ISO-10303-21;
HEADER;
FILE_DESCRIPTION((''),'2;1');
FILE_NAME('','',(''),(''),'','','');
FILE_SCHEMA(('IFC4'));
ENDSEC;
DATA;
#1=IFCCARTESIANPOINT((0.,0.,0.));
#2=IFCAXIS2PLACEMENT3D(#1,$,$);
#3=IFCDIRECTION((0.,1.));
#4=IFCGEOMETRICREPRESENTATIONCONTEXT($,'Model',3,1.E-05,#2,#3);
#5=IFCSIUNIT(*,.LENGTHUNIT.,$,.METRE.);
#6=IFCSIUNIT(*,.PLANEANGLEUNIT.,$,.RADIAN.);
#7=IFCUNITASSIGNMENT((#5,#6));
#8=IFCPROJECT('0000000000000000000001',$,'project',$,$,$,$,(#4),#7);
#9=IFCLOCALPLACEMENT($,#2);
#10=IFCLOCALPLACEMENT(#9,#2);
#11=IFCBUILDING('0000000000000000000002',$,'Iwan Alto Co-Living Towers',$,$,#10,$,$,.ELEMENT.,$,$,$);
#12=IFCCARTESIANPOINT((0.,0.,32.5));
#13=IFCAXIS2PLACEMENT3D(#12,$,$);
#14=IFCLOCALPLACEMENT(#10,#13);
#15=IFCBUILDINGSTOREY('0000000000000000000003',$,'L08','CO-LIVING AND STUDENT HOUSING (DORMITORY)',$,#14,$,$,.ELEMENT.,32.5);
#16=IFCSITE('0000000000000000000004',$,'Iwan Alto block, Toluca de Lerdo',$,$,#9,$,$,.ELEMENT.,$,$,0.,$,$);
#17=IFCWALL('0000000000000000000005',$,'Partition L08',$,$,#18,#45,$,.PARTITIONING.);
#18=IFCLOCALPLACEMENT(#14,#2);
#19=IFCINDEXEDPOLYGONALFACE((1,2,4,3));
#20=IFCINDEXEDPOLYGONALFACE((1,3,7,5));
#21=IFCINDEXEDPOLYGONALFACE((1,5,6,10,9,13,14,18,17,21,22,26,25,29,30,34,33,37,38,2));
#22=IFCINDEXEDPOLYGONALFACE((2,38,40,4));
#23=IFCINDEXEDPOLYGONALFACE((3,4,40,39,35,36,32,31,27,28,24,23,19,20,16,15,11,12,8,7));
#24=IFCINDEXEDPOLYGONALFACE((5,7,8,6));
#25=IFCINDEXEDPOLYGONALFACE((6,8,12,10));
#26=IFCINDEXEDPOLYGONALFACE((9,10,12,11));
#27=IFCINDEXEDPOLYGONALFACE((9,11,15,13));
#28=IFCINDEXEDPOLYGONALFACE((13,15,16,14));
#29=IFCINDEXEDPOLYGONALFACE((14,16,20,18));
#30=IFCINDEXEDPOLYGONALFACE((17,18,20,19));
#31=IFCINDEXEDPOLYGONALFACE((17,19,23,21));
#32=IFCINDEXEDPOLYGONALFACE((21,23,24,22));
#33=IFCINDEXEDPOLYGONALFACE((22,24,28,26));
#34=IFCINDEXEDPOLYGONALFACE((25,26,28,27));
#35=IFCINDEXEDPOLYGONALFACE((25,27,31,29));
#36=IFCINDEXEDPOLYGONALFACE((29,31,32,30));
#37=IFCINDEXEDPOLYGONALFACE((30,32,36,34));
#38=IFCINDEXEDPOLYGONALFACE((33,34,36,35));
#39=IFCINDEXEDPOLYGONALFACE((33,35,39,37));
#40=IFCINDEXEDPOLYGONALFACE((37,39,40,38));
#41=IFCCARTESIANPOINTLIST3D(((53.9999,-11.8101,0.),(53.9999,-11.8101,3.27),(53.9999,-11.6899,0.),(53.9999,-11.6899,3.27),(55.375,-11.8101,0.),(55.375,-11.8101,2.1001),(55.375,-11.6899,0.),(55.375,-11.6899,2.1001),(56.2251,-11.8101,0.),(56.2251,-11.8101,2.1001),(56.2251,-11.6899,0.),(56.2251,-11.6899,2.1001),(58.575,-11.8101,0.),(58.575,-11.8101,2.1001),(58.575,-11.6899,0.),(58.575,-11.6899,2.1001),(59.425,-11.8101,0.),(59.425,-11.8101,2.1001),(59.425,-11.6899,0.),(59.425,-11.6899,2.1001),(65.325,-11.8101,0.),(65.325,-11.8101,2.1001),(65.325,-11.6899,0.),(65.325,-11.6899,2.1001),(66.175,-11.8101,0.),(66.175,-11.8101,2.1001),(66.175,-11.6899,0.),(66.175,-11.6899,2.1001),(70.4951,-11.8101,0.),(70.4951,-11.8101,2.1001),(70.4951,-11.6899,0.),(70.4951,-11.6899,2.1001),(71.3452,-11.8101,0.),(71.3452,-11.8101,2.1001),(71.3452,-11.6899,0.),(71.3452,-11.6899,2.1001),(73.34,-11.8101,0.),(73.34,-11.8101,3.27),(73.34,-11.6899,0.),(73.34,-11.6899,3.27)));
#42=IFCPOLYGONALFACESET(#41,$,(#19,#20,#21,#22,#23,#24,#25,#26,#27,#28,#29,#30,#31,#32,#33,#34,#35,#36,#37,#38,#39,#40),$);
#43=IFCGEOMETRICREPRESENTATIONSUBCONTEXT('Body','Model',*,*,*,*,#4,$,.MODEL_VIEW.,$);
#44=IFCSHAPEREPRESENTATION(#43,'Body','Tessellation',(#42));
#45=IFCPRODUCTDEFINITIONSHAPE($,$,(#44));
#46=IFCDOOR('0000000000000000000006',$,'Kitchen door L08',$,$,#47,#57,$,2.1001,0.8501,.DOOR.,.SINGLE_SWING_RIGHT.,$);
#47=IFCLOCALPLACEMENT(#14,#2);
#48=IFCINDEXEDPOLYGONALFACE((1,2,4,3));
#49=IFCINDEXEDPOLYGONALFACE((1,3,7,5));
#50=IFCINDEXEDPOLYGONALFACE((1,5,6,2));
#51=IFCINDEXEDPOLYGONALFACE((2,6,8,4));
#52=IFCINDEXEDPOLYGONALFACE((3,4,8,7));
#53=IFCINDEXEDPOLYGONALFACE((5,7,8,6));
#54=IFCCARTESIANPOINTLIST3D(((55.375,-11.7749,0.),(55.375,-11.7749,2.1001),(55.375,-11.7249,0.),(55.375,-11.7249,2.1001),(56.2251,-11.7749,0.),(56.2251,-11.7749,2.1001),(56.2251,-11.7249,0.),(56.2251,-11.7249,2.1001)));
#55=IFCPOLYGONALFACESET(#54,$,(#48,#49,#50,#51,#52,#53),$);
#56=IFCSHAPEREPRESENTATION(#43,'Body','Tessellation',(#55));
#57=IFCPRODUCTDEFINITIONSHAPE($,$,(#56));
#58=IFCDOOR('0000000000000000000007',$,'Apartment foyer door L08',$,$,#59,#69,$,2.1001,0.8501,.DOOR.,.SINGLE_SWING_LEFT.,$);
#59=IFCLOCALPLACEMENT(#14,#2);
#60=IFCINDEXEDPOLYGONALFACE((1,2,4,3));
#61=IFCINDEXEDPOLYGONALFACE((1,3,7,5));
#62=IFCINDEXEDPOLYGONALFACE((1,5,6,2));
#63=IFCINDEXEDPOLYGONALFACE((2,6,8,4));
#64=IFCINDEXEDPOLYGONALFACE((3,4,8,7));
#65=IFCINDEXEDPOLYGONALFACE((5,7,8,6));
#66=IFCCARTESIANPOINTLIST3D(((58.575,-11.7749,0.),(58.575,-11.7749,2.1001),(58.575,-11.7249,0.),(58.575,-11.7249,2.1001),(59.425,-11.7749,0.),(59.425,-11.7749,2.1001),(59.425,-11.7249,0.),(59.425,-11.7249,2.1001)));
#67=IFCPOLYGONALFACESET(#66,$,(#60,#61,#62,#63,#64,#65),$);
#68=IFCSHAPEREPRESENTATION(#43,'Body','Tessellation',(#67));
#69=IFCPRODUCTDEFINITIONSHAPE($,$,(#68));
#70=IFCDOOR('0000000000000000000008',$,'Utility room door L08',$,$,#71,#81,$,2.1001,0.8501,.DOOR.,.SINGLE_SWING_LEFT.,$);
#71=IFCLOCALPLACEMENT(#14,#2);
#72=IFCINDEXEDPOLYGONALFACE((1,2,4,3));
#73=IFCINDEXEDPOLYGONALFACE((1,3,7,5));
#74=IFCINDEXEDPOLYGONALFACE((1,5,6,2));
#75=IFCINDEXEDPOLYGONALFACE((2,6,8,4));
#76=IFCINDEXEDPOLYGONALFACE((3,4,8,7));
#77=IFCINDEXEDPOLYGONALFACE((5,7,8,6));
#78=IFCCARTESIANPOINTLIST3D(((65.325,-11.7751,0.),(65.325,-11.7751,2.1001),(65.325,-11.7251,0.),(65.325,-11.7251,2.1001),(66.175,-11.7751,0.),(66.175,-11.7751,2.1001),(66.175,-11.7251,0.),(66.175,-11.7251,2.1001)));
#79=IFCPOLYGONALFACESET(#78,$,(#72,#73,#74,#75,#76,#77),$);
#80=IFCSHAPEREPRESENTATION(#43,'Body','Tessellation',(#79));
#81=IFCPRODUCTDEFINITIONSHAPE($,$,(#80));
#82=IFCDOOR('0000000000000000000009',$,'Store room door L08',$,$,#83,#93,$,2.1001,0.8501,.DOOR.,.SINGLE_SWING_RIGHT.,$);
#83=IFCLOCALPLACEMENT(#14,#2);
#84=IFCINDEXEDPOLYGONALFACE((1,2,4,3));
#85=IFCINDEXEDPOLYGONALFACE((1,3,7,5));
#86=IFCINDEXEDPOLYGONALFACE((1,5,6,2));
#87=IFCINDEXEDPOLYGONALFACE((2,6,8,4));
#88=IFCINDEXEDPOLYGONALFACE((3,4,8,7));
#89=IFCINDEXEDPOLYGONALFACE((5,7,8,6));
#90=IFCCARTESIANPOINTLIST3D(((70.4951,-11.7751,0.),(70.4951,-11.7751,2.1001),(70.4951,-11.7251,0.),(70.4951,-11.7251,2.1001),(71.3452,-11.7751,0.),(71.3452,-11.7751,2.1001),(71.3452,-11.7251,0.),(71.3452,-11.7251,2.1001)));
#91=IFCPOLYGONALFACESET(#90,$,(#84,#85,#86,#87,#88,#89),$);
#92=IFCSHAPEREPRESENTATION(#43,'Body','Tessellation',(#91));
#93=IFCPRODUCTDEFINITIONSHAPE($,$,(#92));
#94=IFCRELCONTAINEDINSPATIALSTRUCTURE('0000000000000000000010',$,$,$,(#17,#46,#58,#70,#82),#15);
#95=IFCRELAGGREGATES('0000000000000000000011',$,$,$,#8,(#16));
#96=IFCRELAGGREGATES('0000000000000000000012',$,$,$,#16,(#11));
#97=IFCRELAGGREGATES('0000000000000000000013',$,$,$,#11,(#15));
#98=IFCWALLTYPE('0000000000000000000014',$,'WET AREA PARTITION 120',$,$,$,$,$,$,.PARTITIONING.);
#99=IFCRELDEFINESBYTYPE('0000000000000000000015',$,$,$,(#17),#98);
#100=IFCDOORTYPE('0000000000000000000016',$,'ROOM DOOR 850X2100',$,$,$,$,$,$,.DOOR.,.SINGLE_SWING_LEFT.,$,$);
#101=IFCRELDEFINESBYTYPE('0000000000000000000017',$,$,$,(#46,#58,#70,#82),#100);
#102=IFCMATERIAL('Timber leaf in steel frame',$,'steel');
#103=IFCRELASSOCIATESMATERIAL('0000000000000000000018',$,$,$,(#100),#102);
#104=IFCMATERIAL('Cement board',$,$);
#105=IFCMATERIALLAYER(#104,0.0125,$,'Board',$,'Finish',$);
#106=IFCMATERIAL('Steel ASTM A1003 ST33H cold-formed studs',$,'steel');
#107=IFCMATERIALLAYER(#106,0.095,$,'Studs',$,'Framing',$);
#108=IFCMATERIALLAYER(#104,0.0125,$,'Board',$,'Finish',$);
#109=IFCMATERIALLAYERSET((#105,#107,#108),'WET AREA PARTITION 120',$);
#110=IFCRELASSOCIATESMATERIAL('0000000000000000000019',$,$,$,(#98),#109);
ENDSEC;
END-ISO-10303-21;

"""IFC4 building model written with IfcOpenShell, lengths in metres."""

from ifc_helpers import new_model, si_unit, direction, frame, frame_2d, origin, place, context, subcontext, project, spatial, rectangle, extrude, material, layer, layer_set, type_object, element, fill, save


model = new_model("IFC4")

# Units and contexts
model_context = context("Model", 3, precision=1e-05, world=origin(), true_north=direction((0.0, 1.0)))
body_context = subcontext(model_context, "Body", "Model", "MODEL_VIEW")
ifc_project = project(units=[si_unit("LENGTHUNIT", "METRE"), si_unit("PLANEANGLEUNIT", "RADIAN")], contexts=[model_context])

# Site, building, storey
site_placement = place(None, origin())
site = spatial("IfcSite", under=ifc_project, at=site_placement, Name="Iwan Alto block, Toluca de Lerdo", CompositionType="ELEMENT", RefElevation=0.0)
building_placement = place(site_placement, origin())
building = spatial("IfcBuilding", under=site, at=building_placement, Name="Iwan Alto Co-Living Towers", CompositionType="ELEMENT")
storey_placement = place(building_placement, frame((0.0, 0.0, 32.5)))
storey = spatial("IfcBuildingStorey", under=building, at=storey_placement, Name="L08", Description="CO-LIVING AND STUDENT HOUSING (DORMITORY)", CompositionType="ELEMENT", Elevation=32.5)

# Shared definitions
ifc_material_1 = material(Name="Steel ASTM A1003 ST33H cold-formed studs", Category="steel")

# Shared definitions
ifc_material_2 = material(Name="Timber leaf in steel frame", Category="steel")
door_type = type_object("IfcDoorType", Name="ROOM DOOR 850X2100", OperationType="SINGLE_SWING_LEFT", PredefinedType="DOOR", material=ifc_material_2)

# Shared definitions
ifc_material_3 = material(Name="Cement board")
ifc_layer_1 = layer(ifc_material_3, 0.0125, Name="Board", Category="Finish")
ifc_layer_2 = layer(ifc_material_1, 0.095, Name="Studs", Category="Framing")
ifc_layer_3 = layer(ifc_material_3, 0.0125, Name="Board", Category="Finish")
ifc_layer_set_1 = layer_set([ifc_layer_1, ifc_layer_2, ifc_layer_3], Name="WET AREA PARTITION 120")
wall_type_1 = type_object("IfcWallType", Name="WET AREA PARTITION 120", PredefinedType="PARTITIONING", material=ifc_layer_set_1)

# Wall, openings, doors
wall_1_placement = place(storey_placement, frame((54.0, -11.75, 0.0), z_axis=(0.0, 0.0, 1.0), x_axis=(1.0, 0.0, 0.0)))
wall_1 = element("IfcWall", 1, at=wall_1_placement, inside=storey, type_object=wall_type_1, Name="Partition L08", PredefinedType="PARTITIONING", context=body_context, shape_type="SweptSolid", body=[
    extrude(rectangle(XDim=19.3401, YDim=0.1201, at=frame_2d((9.6699, 0.0))), origin(), (0.0, 0.0, 1.0), 3.27),
])
opening_1_placement = place(wall_1_placement, frame((1.375, 0.0, 0.0)))
opening_1 = element("IfcOpeningElement", 2, at=opening_1_placement, cuts=wall_1, PredefinedType="OPENING", context=body_context, shape_type="SweptSolid", body=[
    extrude(rectangle(XDim=0.8501, YDim=2.1001, at=frame_2d((0.425, 1.05))), frame((0.0, 0.0701, 0.0), z_axis=(0.0, -1.0, 0.0), x_axis=(1.0, 0.0, 0.0)), (0.0, 0.0, 1.0), 0.1401),
])
opening_2_placement = place(wall_1_placement, frame((4.575, 0.0, 0.0)))
opening_2 = element("IfcOpeningElement", 3, at=opening_2_placement, cuts=wall_1, PredefinedType="OPENING", context=body_context, shape_type="SweptSolid", body=[
    extrude(rectangle(XDim=0.8501, YDim=2.1001, at=frame_2d((0.425, 1.05))), frame((0.0, 0.0701, 0.0), z_axis=(0.0, -1.0, 0.0), x_axis=(1.0, 0.0, 0.0)), (0.0, 0.0, 1.0), 0.1401),
])
opening_3_placement = place(wall_1_placement, frame((11.325, 0.0, 0.0)))
opening_3 = element("IfcOpeningElement", 4, at=opening_3_placement, cuts=wall_1, PredefinedType="OPENING", context=body_context, shape_type="SweptSolid", body=[
    extrude(rectangle(XDim=0.8501, YDim=2.1001, at=frame_2d((0.425, 1.05))), frame((0.0, 0.0701, 0.0), z_axis=(0.0, -1.0, 0.0), x_axis=(1.0, 0.0, 0.0)), (0.0, 0.0, 1.0), 0.1401),
])
opening_4_placement = place(wall_1_placement, frame((16.4951, 0.0, 0.0)))
opening_4 = element("IfcOpeningElement", 5, at=opening_4_placement, cuts=wall_1, PredefinedType="OPENING", context=body_context, shape_type="SweptSolid", body=[
    extrude(rectangle(XDim=0.8501, YDim=2.1001, at=frame_2d((0.425, 1.05))), frame((0.0, 0.0701, 0.0), z_axis=(0.0, -1.0, 0.0), x_axis=(1.0, 0.0, 0.0)), (0.0, 0.0, 1.0), 0.1401),
])
door_1_placement = place(opening_1_placement, frame((0.8501, 0.0, 0.0), z_axis=(0.0, 0.0, 1.0), x_axis=(-1.0, 0.0, 0.0)))
door_1 = element("IfcDoor", 6, at=door_1_placement, inside=storey, type_object=door_type, Name="Kitchen door L08", OperationType="SINGLE_SWING_RIGHT", OverallHeight=2.1001, OverallWidth=0.8501, PredefinedType="DOOR", context=body_context, shape_type="SweptSolid", body=[
    extrude(rectangle(XDim=0.8501, YDim=2.1001, at=frame_2d((0.425, 1.05))), frame((0.0, 0.0249, 0.0), z_axis=(0.0, -1.0, 0.0), x_axis=(1.0, 0.0, 0.0)), (0.0, 0.0, 1.0), 0.05),
])
fill(opening_1, door_1)
door_2_placement = place(opening_2_placement, frame((0.8501, 0.0, 0.0), z_axis=(0.0, 0.0, 1.0), x_axis=(-1.0, 0.0, 0.0)))
door_2 = element("IfcDoor", 7, at=door_2_placement, inside=storey, type_object=door_type, Name="Apartment foyer door L08", OperationType="SINGLE_SWING_LEFT", OverallHeight=2.1001, OverallWidth=0.8501, PredefinedType="DOOR", context=body_context, shape_type="SweptSolid", body=[
    extrude(rectangle(XDim=0.8501, YDim=2.1001, at=frame_2d((0.425, 1.05))), frame((0.0, 0.0249, 0.0), z_axis=(0.0, -1.0, 0.0), x_axis=(1.0, 0.0, 0.0)), (0.0, 0.0, 1.0), 0.05),
])
fill(opening_2, door_2)
door_3_placement = place(opening_3_placement, origin())
door_3 = element("IfcDoor", 8, at=door_3_placement, inside=storey, type_object=door_type, Name="Utility room door L08", OperationType="SINGLE_SWING_LEFT", OverallHeight=2.1001, OverallWidth=0.8501, PredefinedType="DOOR", context=body_context, shape_type="SweptSolid", body=[
    extrude(rectangle(XDim=0.8501, YDim=2.1001, at=frame_2d((0.425, 1.05))), frame((0.0, 0.0249, 0.0), z_axis=(0.0, -1.0, 0.0), x_axis=(1.0, 0.0, 0.0)), (0.0, 0.0, 1.0), 0.05),
])
fill(opening_3, door_3)
door_4_placement = place(opening_4_placement, origin())
door_4 = element("IfcDoor", 9, at=door_4_placement, inside=storey, type_object=door_type, Name="Store room door L08", OperationType="SINGLE_SWING_RIGHT", OverallHeight=2.1001, OverallWidth=0.8501, PredefinedType="DOOR", context=body_context, shape_type="SweptSolid", body=[
    extrude(rectangle(XDim=0.8501, YDim=2.1001, at=frame_2d((0.425, 1.05))), frame((0.0, 0.0249, 0.0), z_axis=(0.0, -1.0, 0.0), x_axis=(1.0, 0.0, 0.0)), (0.0, 0.0, 1.0), 0.05),
])
fill(opening_4, door_4)

save(model, "model.ifc")
